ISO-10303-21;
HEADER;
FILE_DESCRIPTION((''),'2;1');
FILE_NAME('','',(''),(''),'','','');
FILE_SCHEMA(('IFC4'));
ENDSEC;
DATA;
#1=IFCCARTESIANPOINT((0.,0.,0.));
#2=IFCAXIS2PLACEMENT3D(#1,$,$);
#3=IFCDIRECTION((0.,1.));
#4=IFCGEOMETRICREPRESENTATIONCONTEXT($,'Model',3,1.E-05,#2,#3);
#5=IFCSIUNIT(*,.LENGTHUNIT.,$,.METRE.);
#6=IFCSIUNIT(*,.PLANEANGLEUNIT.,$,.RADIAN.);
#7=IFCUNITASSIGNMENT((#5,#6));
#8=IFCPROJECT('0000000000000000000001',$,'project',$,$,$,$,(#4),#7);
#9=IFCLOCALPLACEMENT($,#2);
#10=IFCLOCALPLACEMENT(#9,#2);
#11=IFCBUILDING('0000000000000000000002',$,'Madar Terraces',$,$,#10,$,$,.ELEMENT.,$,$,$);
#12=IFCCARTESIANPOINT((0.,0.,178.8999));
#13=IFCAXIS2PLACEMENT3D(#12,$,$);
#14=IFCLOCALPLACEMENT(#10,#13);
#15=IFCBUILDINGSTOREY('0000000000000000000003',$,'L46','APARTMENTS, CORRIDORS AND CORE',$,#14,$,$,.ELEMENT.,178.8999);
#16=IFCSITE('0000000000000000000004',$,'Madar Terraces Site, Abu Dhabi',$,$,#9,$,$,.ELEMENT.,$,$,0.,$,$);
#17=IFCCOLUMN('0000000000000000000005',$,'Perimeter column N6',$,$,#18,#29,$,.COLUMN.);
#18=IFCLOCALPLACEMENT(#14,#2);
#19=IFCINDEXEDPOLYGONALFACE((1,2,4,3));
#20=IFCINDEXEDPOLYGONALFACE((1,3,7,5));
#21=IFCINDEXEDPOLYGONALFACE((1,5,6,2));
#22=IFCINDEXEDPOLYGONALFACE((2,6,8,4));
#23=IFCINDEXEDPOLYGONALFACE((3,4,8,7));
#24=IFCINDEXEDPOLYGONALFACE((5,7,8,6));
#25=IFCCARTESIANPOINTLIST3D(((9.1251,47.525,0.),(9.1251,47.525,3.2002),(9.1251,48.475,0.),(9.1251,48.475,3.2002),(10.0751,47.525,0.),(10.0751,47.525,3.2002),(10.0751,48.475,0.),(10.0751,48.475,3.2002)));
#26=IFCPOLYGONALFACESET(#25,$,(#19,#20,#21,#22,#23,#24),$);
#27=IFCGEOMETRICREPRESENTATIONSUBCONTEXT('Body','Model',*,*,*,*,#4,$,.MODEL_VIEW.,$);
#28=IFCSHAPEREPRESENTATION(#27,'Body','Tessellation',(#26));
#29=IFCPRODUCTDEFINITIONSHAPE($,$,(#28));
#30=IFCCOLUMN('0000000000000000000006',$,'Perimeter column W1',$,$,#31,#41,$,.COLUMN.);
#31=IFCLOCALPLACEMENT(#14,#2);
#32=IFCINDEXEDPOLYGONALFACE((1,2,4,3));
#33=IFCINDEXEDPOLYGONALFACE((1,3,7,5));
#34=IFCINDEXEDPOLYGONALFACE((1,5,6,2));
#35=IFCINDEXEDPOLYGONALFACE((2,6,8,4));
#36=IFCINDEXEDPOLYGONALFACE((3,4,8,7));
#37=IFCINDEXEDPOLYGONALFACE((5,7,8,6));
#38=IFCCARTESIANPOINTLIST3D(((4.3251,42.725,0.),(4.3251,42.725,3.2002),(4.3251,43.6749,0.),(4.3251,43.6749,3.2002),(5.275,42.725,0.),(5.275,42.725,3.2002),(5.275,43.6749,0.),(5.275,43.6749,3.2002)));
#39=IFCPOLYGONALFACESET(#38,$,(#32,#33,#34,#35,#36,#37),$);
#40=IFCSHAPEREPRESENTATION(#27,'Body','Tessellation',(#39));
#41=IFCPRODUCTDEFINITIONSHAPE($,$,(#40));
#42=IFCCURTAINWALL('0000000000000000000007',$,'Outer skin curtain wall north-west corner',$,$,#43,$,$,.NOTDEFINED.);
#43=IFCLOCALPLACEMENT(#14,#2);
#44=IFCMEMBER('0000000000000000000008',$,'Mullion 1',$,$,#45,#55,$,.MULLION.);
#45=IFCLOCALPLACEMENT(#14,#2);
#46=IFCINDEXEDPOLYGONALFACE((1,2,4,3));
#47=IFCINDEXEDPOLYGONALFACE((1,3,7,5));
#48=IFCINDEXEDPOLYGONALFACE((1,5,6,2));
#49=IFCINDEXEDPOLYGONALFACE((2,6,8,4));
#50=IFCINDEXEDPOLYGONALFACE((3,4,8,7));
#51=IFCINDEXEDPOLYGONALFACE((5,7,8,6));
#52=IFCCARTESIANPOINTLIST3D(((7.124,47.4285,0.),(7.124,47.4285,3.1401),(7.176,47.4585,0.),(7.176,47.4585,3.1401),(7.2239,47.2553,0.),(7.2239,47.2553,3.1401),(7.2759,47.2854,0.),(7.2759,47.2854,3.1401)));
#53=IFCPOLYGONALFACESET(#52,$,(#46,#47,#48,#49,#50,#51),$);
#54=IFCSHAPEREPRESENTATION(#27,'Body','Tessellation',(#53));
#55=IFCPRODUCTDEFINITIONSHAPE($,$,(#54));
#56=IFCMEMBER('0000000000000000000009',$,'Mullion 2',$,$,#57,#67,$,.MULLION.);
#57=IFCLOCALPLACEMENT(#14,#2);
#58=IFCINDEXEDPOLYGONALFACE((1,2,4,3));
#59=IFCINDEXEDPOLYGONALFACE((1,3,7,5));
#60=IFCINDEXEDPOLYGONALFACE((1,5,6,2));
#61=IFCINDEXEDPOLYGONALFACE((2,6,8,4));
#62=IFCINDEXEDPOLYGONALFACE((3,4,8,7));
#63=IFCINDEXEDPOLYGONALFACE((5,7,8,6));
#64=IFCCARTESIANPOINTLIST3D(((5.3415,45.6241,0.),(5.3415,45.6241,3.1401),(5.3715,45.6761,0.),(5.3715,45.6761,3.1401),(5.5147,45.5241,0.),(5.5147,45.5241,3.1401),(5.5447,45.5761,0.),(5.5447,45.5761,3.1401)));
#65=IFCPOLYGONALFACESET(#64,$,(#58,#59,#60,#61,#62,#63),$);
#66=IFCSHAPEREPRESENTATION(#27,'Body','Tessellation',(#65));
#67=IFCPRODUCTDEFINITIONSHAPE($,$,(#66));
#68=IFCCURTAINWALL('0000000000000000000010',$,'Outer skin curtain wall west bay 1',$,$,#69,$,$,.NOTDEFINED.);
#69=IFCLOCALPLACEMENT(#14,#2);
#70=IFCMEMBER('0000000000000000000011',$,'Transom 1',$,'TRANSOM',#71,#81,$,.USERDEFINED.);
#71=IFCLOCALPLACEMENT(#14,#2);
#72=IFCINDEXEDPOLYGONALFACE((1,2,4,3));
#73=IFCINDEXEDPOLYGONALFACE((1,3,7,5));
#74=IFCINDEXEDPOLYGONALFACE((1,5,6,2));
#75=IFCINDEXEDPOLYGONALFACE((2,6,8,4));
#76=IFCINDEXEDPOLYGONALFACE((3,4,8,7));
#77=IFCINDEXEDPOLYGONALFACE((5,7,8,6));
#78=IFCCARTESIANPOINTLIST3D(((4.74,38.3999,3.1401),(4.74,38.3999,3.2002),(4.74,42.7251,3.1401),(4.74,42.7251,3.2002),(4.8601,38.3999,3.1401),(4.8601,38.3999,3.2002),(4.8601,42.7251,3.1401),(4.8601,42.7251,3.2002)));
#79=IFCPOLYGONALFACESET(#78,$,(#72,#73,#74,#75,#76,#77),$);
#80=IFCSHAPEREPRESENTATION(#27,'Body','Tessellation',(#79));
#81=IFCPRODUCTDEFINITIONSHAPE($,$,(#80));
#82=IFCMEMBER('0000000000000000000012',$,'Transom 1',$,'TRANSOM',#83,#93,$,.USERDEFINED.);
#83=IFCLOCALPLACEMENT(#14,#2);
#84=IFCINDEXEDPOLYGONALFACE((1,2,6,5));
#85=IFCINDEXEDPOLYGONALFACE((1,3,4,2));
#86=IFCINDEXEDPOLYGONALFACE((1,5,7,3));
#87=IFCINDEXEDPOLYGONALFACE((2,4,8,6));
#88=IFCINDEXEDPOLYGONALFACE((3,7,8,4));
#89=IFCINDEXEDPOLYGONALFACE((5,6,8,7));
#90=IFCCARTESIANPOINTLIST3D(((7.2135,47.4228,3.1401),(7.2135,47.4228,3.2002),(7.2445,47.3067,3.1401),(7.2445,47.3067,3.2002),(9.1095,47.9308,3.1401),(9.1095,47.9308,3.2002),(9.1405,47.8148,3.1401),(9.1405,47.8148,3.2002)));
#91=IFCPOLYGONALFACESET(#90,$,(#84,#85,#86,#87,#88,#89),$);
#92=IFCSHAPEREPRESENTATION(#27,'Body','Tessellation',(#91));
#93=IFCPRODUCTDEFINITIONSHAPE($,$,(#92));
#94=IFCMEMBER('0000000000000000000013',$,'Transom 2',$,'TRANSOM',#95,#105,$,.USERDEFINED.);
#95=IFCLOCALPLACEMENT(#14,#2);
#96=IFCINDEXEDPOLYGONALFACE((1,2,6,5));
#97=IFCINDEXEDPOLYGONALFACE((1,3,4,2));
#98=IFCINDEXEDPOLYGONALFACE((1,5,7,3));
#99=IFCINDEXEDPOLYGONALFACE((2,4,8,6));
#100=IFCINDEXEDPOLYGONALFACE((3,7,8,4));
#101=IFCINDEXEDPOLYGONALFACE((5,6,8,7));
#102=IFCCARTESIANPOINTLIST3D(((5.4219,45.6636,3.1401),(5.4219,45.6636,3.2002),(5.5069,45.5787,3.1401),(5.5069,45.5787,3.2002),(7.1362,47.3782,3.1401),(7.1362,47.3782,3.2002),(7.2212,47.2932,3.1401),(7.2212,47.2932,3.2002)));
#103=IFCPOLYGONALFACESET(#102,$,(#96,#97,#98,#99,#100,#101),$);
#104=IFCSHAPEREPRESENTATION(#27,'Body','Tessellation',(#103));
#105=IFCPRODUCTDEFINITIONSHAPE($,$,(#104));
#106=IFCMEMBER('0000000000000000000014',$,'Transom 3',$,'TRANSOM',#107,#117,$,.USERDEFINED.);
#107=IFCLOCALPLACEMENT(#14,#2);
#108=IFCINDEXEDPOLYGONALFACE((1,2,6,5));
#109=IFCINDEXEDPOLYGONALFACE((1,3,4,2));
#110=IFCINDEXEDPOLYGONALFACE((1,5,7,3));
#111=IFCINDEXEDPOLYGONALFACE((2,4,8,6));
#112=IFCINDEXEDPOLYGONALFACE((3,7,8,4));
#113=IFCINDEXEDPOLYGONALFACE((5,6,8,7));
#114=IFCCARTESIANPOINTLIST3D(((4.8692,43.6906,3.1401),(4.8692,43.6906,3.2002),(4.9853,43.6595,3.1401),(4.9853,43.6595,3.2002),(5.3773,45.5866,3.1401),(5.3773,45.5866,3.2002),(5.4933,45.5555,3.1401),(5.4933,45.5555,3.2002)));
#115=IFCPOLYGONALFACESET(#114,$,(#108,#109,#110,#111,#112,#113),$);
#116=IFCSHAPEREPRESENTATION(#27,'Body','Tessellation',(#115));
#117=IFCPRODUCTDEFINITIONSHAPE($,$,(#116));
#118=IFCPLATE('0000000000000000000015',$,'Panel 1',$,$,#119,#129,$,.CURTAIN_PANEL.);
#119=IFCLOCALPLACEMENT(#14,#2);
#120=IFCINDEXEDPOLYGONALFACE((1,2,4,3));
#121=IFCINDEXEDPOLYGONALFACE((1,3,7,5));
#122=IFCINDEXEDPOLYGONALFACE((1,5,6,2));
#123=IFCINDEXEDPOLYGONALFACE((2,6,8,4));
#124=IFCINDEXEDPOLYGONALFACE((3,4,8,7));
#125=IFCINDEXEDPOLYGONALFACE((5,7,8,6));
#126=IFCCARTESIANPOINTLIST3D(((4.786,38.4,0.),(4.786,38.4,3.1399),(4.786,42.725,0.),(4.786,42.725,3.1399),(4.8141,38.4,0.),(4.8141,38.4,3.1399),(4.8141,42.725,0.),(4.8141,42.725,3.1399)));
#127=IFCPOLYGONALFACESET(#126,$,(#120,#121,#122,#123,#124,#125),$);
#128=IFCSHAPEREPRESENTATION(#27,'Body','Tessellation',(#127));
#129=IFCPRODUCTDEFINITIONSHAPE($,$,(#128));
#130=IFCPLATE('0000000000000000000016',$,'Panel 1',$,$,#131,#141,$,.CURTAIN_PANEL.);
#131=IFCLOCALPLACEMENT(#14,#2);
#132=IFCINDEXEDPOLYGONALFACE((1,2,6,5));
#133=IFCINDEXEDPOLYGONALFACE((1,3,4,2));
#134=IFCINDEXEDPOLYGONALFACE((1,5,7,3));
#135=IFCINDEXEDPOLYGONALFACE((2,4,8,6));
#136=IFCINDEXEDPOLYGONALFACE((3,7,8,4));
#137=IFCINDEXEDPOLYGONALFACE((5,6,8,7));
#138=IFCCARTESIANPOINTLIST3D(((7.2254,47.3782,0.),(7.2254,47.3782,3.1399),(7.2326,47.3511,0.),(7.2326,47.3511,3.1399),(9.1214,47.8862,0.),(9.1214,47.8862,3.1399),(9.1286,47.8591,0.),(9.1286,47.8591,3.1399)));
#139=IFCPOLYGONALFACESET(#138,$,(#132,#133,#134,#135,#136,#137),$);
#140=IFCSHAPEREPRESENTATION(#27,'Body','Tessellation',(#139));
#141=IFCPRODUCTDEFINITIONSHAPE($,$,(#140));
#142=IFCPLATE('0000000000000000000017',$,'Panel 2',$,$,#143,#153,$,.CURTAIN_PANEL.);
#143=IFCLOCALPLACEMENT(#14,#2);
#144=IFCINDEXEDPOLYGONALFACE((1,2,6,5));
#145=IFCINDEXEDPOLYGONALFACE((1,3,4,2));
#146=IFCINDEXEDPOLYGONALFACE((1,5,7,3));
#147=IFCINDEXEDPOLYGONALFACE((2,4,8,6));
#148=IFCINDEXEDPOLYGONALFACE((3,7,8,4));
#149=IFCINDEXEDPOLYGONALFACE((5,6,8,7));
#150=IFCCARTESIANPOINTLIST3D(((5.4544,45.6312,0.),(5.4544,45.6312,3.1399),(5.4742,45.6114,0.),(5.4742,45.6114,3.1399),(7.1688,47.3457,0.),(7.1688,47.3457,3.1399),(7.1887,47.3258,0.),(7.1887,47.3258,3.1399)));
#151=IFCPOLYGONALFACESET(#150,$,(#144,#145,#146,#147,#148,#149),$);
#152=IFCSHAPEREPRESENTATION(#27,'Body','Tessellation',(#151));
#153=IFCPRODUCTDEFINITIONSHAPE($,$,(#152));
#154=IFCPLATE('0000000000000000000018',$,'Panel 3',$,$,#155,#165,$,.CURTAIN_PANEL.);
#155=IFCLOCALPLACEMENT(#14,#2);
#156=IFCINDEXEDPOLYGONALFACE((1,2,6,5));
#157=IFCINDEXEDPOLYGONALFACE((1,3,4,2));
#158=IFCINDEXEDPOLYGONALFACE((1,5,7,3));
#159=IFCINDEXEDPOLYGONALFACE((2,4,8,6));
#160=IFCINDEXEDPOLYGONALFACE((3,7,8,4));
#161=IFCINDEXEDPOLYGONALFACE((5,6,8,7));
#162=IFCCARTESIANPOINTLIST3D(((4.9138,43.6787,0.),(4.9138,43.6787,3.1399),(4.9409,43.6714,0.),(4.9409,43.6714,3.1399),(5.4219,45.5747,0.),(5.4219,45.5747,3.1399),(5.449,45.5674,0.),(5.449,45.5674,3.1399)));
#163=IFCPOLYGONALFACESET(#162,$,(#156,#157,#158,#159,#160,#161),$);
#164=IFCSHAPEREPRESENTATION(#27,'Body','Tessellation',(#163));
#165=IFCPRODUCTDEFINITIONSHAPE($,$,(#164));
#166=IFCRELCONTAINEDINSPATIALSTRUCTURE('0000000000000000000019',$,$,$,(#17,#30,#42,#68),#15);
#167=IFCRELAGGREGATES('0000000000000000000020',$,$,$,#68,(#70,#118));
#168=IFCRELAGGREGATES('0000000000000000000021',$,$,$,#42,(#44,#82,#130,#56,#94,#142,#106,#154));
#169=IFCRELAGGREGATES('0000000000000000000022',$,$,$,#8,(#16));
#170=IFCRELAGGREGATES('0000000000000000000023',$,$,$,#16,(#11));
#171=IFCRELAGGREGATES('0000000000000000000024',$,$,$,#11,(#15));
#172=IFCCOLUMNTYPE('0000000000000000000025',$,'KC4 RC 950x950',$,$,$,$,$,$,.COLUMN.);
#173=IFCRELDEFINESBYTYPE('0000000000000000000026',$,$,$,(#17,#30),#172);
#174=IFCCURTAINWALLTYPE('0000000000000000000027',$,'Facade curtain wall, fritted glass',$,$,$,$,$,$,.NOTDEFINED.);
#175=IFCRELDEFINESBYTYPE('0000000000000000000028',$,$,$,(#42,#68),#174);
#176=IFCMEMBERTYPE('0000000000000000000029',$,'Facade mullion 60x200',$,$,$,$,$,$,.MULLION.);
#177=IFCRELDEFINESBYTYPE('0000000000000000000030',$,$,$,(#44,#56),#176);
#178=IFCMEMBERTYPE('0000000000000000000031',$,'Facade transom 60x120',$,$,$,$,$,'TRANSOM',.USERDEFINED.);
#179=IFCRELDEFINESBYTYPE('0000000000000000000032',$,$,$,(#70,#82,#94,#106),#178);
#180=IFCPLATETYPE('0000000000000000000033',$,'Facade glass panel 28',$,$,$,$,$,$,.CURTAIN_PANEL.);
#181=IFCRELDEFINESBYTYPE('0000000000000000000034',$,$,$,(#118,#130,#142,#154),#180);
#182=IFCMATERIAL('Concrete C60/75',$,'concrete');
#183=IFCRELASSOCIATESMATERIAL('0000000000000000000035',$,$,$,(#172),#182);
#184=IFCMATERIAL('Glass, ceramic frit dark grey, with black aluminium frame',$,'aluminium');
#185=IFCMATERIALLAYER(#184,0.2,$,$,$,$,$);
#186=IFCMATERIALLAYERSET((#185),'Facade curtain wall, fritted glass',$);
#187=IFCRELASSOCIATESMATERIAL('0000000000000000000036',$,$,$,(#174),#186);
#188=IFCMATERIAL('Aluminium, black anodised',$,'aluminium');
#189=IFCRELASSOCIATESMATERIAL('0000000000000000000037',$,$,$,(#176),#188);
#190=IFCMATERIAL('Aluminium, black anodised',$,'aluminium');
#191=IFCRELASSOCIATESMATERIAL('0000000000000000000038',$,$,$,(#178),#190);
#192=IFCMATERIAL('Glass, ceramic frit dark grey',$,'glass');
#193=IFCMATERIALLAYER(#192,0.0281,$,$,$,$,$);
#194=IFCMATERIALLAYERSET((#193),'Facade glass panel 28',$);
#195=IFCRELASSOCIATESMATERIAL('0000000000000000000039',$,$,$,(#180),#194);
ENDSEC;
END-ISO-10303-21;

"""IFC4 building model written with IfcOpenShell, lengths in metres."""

from ifc_helpers import new_model, si_unit, direction, frame, origin, origin_2d, place, context, subcontext, project, spatial, rectangle, extrude, material, layer, layer_set, material_profile, profile_set, type_object, element, aggregate, save


model = new_model("IFC4")

# Units and contexts
model_context = context("Model", 3, precision=1e-05, world=origin(), true_north=direction((0.0, 1.0)))
body_context = subcontext(model_context, "Body", "Model", "MODEL_VIEW")
ifc_project = project(units=[si_unit("LENGTHUNIT", "METRE"), si_unit("PLANEANGLEUNIT", "RADIAN")], contexts=[model_context])

# Site, building, storey
site_placement = place(None, origin())
site = spatial("IfcSite", under=ifc_project, at=site_placement, Name="Madar Terraces Site, Abu Dhabi", CompositionType="ELEMENT", RefElevation=0.0)
building_placement = place(site_placement, origin())
building = spatial("IfcBuilding", under=site, at=building_placement, Name="Madar Terraces", CompositionType="ELEMENT")
storey_placement = place(building_placement, frame((0.0, 0.0, 178.8999)))
storey = spatial("IfcBuildingStorey", under=building, at=storey_placement, Name="L46", Description="APARTMENTS, CORRIDORS AND CORE", CompositionType="ELEMENT", Elevation=178.8999)

# Columns
ifc_material_1 = material(Name="Concrete C60/75", Category="concrete")
ifc_material_profile_1 = material_profile(ifc_material_1, rectangle(XDim=0.95, YDim=0.95, at=origin_2d()), Name="KC4 RC 950x950")
ifc_profile_set_1 = profile_set([ifc_material_profile_1], Name="Concrete C60/75")
column_type = type_object("IfcColumnType", Name="KC4 RC 950x950", PredefinedType="COLUMN", material=ifc_profile_set_1)
for number, where, z_axis, x_axis, name in (
    (1, (9.6001, 48.0, 0.0), (0.0, 0.0, 1.0), (1.0, 0.0, 0.0), "Perimeter column N6"),
    (2, (4.8, 43.2, 0.0), (0.0, 0.0, 1.0), (1.0, 0.0, 0.0), "Perimeter column W1"),
):
    element("IfcColumn", number, at=place(storey_placement, frame(where, z_axis=z_axis, x_axis=x_axis)), inside=storey, type_object=column_type, Name=name, PredefinedType="COLUMN", context=body_context, shape_type="SweptSolid", body=[
        extrude(rectangle(XDim=0.95, YDim=0.95, at=origin_2d()), origin(), (0.0, 0.0, 1.0), 3.2002),
    ])

# Curtain wall, members
ifc_material_2 = material(Name="Glass, ceramic frit dark grey, with black aluminium frame", Category="aluminium")
ifc_layer_1 = layer(ifc_material_2, 0.2)
ifc_layer_set_1 = layer_set([ifc_layer_1], Name="Facade curtain wall, fritted glass")
curtain_wall_type = type_object("IfcCurtainWallType", Name="Facade curtain wall, fritted glass", PredefinedType="NOTDEFINED", material=ifc_layer_set_1)
curtain_wall_1_placement = place(storey_placement, origin())
curtain_wall_1 = element("IfcCurtainWall", 3, at=curtain_wall_1_placement, inside=storey, type_object=curtain_wall_type, Name="Outer skin curtain wall north-west corner", PredefinedType="NOTDEFINED")
ifc_material_3 = material(Name="Aluminium, black anodised", Category="aluminium")
ifc_material_profile_2 = material_profile(ifc_material_3, rectangle(XDim=0.2, YDim=0.0601, at=origin_2d()), Name="Facade mullion 60x200")
ifc_profile_set_2 = profile_set([ifc_material_profile_2], Name="Aluminium, black anodised")
member_type_1 = type_object("IfcMemberType", Name="Facade mullion 60x200", PredefinedType="MULLION", material=ifc_profile_set_2)
member_1_placement = place(storey_placement, frame((7.2, 47.3569, 0.0), z_axis=(0.0, 0.0, 1.0), x_axis=(0.5, -0.866025, 0.0)))
member_1 = element("IfcMember", 4, at=member_1_placement, type_object=member_type_1, Name="Mullion 1", PredefinedType="MULLION", context=body_context, shape_type="SweptSolid", body=[
    extrude(rectangle(XDim=0.2, YDim=0.0601, at=origin_2d()), origin(), (0.0, 0.0, 1.0), 3.1401),
])
member_2_placement = place(storey_placement, frame((5.4431, 45.6001, 0.0), z_axis=(0.0, 0.0, 1.0), x_axis=(0.866025, -0.5, 0.0)))
member_2 = element("IfcMember", 5, at=member_2_placement, type_object=member_type_1, Name="Mullion 2", PredefinedType="MULLION", context=body_context, shape_type="SweptSolid", body=[
    extrude(rectangle(XDim=0.2, YDim=0.0601, at=origin_2d()), origin(), (0.0, 0.0, 1.0), 3.1401),
])

# Curtain wall, member
curtain_wall_2_placement = place(storey_placement, origin())
curtain_wall_2 = element("IfcCurtainWall", 6, at=curtain_wall_2_placement, inside=storey, type_object=curtain_wall_type, Name="Outer skin curtain wall west bay 1", PredefinedType="NOTDEFINED")
ifc_material_4 = material(Name="Aluminium, black anodised", Category="aluminium")
ifc_material_profile_3 = material_profile(ifc_material_4, rectangle(XDim=0.1201, YDim=0.0601, at=origin_2d()), Name="Facade transom 60x120")
ifc_profile_set_3 = profile_set([ifc_material_profile_3], Name="Aluminium, black anodised")
member_type_2 = type_object("IfcMemberType", Name="Facade transom 60x120", ElementType="TRANSOM", PredefinedType="USERDEFINED", material=ifc_profile_set_3)
member_3_placement = place(storey_placement, frame((4.8, 42.7251, 3.1702), z_axis=(0.0, -1.0, 0.0), x_axis=(1.0, 0.0, 0.0)))
member_3 = element("IfcMember", 7, at=member_3_placement, type_object=member_type_2, Name="Transom 1", ObjectType="TRANSOM", PredefinedType="USERDEFINED", context=body_context, shape_type="SweptSolid", body=[
    extrude(rectangle(XDim=0.1201, YDim=0.0601, at=origin_2d()), origin(), (0.0, 0.0, 1.0), 4.3252),
])

# Members
member_4_placement = place(storey_placement, frame((9.125, 47.8728, 3.1702), z_axis=(-0.965923, -0.258831, 0.0), x_axis=(0.258831, -0.965923, 0.0)))
member_4 = element("IfcMember", 8, at=member_4_placement, type_object=member_type_2, Name="Transom 1", ObjectType="TRANSOM", PredefinedType="USERDEFINED", context=body_context, shape_type="SweptSolid", body=[
    extrude(rectangle(XDim=0.1201, YDim=0.0601, at=origin_2d()), origin(), (0.0, 0.0, 1.0), 1.9629),
])
member_5_placement = place(storey_placement, frame((7.1787, 47.3357, 3.1702), z_axis=(-0.707056, -0.707157, 0.0), x_axis=(0.707157, -0.707056, 0.0)))
member_5 = element("IfcMember", 9, at=member_5_placement, type_object=member_type_2, Name="Transom 2", ObjectType="TRANSOM", PredefinedType="USERDEFINED", context=body_context, shape_type="SweptSolid", body=[
    extrude(rectangle(XDim=0.1201, YDim=0.0601, at=origin_2d()), origin(), (0.0, 0.0, 1.0), 2.4246),
])
member_6_placement = place(storey_placement, frame((5.4353, 45.571, 3.1702), z_axis=(-0.258831, -0.965923, 0.0), x_axis=(0.965923, -0.258831, 0.0)))
member_6 = element("IfcMember", 10, at=member_6_placement, type_object=member_type_2, Name="Transom 3", ObjectType="TRANSOM", PredefinedType="USERDEFINED", context=body_context, shape_type="SweptSolid", body=[
    extrude(rectangle(XDim=0.1201, YDim=0.0601, at=origin_2d()), origin(), (0.0, 0.0, 1.0), 1.9629),
])

# Plates
ifc_material_5 = material(Name="Glass, ceramic frit dark grey", Category="glass")
ifc_layer_2 = layer(ifc_material_5, 0.0281)
ifc_layer_set_2 = layer_set([ifc_layer_2], Name="Facade glass panel 28")
plate_type = type_object("IfcPlateType", Name="Facade glass panel 28", PredefinedType="CURTAIN_PANEL", material=ifc_layer_set_2)
plate_1_placement = place(storey_placement, frame((4.8, 40.5625, 0.0), z_axis=(0.0, 0.0, 1.0), x_axis=(0.0, -1.0, 0.0)))
plate_1 = element("IfcPlate", 11, at=plate_1_placement, type_object=plate_type, Name="Panel 1", PredefinedType="CURTAIN_PANEL", context=body_context, shape_type="SweptSolid", body=[
    extrude(rectangle(XDim=4.325, YDim=0.0281, at=origin_2d()), origin(), (0.0, 0.0, 1.0), 3.1399),
])
aggregate(curtain_wall_2, [member_3, plate_1])
plate_2_placement = place(storey_placement, frame((8.177, 47.6187, 0.0), z_axis=(0.0, 0.0, 1.0), x_axis=(-0.965926, -0.258819, 0.0)))
plate_2 = element("IfcPlate", 12, at=plate_2_placement, type_object=plate_type, Name="Panel 1", PredefinedType="CURTAIN_PANEL", context=body_context, shape_type="SweptSolid", body=[
    extrude(rectangle(XDim=1.9629, YDim=0.0281, at=origin_2d()), origin(), (0.0, 0.0, 1.0), 3.1399),
])
plate_3_placement = place(storey_placement, frame((6.3215, 46.4785, 0.0), z_axis=(0.0, 0.0, 1.0), x_axis=(-0.707107, -0.707107, 0.0)))
plate_3 = element("IfcPlate", 13, at=plate_3_placement, type_object=plate_type, Name="Panel 2", PredefinedType="CURTAIN_PANEL", context=body_context, shape_type="SweptSolid", body=[
    extrude(rectangle(XDim=2.4246, YDim=0.0281, at=origin_2d()), origin(), (0.0, 0.0, 1.0), 3.1399),
])
plate_4_placement = place(storey_placement, frame((5.1814, 44.623, 0.0), z_axis=(0.0, 0.0, 1.0), x_axis=(-0.258819, -0.965926, 0.0)))
plate_4 = element("IfcPlate", 14, at=plate_4_placement, type_object=plate_type, Name="Panel 3", PredefinedType="CURTAIN_PANEL", context=body_context, shape_type="SweptSolid", body=[
    extrude(rectangle(XDim=1.9629, YDim=0.0281, at=origin_2d()), origin(), (0.0, 0.0, 1.0), 3.1399),
])
aggregate(curtain_wall_1, [member_1, member_4, plate_2, member_2, member_5, plate_3, member_6, plate_4])

save(model, "model.ifc")
